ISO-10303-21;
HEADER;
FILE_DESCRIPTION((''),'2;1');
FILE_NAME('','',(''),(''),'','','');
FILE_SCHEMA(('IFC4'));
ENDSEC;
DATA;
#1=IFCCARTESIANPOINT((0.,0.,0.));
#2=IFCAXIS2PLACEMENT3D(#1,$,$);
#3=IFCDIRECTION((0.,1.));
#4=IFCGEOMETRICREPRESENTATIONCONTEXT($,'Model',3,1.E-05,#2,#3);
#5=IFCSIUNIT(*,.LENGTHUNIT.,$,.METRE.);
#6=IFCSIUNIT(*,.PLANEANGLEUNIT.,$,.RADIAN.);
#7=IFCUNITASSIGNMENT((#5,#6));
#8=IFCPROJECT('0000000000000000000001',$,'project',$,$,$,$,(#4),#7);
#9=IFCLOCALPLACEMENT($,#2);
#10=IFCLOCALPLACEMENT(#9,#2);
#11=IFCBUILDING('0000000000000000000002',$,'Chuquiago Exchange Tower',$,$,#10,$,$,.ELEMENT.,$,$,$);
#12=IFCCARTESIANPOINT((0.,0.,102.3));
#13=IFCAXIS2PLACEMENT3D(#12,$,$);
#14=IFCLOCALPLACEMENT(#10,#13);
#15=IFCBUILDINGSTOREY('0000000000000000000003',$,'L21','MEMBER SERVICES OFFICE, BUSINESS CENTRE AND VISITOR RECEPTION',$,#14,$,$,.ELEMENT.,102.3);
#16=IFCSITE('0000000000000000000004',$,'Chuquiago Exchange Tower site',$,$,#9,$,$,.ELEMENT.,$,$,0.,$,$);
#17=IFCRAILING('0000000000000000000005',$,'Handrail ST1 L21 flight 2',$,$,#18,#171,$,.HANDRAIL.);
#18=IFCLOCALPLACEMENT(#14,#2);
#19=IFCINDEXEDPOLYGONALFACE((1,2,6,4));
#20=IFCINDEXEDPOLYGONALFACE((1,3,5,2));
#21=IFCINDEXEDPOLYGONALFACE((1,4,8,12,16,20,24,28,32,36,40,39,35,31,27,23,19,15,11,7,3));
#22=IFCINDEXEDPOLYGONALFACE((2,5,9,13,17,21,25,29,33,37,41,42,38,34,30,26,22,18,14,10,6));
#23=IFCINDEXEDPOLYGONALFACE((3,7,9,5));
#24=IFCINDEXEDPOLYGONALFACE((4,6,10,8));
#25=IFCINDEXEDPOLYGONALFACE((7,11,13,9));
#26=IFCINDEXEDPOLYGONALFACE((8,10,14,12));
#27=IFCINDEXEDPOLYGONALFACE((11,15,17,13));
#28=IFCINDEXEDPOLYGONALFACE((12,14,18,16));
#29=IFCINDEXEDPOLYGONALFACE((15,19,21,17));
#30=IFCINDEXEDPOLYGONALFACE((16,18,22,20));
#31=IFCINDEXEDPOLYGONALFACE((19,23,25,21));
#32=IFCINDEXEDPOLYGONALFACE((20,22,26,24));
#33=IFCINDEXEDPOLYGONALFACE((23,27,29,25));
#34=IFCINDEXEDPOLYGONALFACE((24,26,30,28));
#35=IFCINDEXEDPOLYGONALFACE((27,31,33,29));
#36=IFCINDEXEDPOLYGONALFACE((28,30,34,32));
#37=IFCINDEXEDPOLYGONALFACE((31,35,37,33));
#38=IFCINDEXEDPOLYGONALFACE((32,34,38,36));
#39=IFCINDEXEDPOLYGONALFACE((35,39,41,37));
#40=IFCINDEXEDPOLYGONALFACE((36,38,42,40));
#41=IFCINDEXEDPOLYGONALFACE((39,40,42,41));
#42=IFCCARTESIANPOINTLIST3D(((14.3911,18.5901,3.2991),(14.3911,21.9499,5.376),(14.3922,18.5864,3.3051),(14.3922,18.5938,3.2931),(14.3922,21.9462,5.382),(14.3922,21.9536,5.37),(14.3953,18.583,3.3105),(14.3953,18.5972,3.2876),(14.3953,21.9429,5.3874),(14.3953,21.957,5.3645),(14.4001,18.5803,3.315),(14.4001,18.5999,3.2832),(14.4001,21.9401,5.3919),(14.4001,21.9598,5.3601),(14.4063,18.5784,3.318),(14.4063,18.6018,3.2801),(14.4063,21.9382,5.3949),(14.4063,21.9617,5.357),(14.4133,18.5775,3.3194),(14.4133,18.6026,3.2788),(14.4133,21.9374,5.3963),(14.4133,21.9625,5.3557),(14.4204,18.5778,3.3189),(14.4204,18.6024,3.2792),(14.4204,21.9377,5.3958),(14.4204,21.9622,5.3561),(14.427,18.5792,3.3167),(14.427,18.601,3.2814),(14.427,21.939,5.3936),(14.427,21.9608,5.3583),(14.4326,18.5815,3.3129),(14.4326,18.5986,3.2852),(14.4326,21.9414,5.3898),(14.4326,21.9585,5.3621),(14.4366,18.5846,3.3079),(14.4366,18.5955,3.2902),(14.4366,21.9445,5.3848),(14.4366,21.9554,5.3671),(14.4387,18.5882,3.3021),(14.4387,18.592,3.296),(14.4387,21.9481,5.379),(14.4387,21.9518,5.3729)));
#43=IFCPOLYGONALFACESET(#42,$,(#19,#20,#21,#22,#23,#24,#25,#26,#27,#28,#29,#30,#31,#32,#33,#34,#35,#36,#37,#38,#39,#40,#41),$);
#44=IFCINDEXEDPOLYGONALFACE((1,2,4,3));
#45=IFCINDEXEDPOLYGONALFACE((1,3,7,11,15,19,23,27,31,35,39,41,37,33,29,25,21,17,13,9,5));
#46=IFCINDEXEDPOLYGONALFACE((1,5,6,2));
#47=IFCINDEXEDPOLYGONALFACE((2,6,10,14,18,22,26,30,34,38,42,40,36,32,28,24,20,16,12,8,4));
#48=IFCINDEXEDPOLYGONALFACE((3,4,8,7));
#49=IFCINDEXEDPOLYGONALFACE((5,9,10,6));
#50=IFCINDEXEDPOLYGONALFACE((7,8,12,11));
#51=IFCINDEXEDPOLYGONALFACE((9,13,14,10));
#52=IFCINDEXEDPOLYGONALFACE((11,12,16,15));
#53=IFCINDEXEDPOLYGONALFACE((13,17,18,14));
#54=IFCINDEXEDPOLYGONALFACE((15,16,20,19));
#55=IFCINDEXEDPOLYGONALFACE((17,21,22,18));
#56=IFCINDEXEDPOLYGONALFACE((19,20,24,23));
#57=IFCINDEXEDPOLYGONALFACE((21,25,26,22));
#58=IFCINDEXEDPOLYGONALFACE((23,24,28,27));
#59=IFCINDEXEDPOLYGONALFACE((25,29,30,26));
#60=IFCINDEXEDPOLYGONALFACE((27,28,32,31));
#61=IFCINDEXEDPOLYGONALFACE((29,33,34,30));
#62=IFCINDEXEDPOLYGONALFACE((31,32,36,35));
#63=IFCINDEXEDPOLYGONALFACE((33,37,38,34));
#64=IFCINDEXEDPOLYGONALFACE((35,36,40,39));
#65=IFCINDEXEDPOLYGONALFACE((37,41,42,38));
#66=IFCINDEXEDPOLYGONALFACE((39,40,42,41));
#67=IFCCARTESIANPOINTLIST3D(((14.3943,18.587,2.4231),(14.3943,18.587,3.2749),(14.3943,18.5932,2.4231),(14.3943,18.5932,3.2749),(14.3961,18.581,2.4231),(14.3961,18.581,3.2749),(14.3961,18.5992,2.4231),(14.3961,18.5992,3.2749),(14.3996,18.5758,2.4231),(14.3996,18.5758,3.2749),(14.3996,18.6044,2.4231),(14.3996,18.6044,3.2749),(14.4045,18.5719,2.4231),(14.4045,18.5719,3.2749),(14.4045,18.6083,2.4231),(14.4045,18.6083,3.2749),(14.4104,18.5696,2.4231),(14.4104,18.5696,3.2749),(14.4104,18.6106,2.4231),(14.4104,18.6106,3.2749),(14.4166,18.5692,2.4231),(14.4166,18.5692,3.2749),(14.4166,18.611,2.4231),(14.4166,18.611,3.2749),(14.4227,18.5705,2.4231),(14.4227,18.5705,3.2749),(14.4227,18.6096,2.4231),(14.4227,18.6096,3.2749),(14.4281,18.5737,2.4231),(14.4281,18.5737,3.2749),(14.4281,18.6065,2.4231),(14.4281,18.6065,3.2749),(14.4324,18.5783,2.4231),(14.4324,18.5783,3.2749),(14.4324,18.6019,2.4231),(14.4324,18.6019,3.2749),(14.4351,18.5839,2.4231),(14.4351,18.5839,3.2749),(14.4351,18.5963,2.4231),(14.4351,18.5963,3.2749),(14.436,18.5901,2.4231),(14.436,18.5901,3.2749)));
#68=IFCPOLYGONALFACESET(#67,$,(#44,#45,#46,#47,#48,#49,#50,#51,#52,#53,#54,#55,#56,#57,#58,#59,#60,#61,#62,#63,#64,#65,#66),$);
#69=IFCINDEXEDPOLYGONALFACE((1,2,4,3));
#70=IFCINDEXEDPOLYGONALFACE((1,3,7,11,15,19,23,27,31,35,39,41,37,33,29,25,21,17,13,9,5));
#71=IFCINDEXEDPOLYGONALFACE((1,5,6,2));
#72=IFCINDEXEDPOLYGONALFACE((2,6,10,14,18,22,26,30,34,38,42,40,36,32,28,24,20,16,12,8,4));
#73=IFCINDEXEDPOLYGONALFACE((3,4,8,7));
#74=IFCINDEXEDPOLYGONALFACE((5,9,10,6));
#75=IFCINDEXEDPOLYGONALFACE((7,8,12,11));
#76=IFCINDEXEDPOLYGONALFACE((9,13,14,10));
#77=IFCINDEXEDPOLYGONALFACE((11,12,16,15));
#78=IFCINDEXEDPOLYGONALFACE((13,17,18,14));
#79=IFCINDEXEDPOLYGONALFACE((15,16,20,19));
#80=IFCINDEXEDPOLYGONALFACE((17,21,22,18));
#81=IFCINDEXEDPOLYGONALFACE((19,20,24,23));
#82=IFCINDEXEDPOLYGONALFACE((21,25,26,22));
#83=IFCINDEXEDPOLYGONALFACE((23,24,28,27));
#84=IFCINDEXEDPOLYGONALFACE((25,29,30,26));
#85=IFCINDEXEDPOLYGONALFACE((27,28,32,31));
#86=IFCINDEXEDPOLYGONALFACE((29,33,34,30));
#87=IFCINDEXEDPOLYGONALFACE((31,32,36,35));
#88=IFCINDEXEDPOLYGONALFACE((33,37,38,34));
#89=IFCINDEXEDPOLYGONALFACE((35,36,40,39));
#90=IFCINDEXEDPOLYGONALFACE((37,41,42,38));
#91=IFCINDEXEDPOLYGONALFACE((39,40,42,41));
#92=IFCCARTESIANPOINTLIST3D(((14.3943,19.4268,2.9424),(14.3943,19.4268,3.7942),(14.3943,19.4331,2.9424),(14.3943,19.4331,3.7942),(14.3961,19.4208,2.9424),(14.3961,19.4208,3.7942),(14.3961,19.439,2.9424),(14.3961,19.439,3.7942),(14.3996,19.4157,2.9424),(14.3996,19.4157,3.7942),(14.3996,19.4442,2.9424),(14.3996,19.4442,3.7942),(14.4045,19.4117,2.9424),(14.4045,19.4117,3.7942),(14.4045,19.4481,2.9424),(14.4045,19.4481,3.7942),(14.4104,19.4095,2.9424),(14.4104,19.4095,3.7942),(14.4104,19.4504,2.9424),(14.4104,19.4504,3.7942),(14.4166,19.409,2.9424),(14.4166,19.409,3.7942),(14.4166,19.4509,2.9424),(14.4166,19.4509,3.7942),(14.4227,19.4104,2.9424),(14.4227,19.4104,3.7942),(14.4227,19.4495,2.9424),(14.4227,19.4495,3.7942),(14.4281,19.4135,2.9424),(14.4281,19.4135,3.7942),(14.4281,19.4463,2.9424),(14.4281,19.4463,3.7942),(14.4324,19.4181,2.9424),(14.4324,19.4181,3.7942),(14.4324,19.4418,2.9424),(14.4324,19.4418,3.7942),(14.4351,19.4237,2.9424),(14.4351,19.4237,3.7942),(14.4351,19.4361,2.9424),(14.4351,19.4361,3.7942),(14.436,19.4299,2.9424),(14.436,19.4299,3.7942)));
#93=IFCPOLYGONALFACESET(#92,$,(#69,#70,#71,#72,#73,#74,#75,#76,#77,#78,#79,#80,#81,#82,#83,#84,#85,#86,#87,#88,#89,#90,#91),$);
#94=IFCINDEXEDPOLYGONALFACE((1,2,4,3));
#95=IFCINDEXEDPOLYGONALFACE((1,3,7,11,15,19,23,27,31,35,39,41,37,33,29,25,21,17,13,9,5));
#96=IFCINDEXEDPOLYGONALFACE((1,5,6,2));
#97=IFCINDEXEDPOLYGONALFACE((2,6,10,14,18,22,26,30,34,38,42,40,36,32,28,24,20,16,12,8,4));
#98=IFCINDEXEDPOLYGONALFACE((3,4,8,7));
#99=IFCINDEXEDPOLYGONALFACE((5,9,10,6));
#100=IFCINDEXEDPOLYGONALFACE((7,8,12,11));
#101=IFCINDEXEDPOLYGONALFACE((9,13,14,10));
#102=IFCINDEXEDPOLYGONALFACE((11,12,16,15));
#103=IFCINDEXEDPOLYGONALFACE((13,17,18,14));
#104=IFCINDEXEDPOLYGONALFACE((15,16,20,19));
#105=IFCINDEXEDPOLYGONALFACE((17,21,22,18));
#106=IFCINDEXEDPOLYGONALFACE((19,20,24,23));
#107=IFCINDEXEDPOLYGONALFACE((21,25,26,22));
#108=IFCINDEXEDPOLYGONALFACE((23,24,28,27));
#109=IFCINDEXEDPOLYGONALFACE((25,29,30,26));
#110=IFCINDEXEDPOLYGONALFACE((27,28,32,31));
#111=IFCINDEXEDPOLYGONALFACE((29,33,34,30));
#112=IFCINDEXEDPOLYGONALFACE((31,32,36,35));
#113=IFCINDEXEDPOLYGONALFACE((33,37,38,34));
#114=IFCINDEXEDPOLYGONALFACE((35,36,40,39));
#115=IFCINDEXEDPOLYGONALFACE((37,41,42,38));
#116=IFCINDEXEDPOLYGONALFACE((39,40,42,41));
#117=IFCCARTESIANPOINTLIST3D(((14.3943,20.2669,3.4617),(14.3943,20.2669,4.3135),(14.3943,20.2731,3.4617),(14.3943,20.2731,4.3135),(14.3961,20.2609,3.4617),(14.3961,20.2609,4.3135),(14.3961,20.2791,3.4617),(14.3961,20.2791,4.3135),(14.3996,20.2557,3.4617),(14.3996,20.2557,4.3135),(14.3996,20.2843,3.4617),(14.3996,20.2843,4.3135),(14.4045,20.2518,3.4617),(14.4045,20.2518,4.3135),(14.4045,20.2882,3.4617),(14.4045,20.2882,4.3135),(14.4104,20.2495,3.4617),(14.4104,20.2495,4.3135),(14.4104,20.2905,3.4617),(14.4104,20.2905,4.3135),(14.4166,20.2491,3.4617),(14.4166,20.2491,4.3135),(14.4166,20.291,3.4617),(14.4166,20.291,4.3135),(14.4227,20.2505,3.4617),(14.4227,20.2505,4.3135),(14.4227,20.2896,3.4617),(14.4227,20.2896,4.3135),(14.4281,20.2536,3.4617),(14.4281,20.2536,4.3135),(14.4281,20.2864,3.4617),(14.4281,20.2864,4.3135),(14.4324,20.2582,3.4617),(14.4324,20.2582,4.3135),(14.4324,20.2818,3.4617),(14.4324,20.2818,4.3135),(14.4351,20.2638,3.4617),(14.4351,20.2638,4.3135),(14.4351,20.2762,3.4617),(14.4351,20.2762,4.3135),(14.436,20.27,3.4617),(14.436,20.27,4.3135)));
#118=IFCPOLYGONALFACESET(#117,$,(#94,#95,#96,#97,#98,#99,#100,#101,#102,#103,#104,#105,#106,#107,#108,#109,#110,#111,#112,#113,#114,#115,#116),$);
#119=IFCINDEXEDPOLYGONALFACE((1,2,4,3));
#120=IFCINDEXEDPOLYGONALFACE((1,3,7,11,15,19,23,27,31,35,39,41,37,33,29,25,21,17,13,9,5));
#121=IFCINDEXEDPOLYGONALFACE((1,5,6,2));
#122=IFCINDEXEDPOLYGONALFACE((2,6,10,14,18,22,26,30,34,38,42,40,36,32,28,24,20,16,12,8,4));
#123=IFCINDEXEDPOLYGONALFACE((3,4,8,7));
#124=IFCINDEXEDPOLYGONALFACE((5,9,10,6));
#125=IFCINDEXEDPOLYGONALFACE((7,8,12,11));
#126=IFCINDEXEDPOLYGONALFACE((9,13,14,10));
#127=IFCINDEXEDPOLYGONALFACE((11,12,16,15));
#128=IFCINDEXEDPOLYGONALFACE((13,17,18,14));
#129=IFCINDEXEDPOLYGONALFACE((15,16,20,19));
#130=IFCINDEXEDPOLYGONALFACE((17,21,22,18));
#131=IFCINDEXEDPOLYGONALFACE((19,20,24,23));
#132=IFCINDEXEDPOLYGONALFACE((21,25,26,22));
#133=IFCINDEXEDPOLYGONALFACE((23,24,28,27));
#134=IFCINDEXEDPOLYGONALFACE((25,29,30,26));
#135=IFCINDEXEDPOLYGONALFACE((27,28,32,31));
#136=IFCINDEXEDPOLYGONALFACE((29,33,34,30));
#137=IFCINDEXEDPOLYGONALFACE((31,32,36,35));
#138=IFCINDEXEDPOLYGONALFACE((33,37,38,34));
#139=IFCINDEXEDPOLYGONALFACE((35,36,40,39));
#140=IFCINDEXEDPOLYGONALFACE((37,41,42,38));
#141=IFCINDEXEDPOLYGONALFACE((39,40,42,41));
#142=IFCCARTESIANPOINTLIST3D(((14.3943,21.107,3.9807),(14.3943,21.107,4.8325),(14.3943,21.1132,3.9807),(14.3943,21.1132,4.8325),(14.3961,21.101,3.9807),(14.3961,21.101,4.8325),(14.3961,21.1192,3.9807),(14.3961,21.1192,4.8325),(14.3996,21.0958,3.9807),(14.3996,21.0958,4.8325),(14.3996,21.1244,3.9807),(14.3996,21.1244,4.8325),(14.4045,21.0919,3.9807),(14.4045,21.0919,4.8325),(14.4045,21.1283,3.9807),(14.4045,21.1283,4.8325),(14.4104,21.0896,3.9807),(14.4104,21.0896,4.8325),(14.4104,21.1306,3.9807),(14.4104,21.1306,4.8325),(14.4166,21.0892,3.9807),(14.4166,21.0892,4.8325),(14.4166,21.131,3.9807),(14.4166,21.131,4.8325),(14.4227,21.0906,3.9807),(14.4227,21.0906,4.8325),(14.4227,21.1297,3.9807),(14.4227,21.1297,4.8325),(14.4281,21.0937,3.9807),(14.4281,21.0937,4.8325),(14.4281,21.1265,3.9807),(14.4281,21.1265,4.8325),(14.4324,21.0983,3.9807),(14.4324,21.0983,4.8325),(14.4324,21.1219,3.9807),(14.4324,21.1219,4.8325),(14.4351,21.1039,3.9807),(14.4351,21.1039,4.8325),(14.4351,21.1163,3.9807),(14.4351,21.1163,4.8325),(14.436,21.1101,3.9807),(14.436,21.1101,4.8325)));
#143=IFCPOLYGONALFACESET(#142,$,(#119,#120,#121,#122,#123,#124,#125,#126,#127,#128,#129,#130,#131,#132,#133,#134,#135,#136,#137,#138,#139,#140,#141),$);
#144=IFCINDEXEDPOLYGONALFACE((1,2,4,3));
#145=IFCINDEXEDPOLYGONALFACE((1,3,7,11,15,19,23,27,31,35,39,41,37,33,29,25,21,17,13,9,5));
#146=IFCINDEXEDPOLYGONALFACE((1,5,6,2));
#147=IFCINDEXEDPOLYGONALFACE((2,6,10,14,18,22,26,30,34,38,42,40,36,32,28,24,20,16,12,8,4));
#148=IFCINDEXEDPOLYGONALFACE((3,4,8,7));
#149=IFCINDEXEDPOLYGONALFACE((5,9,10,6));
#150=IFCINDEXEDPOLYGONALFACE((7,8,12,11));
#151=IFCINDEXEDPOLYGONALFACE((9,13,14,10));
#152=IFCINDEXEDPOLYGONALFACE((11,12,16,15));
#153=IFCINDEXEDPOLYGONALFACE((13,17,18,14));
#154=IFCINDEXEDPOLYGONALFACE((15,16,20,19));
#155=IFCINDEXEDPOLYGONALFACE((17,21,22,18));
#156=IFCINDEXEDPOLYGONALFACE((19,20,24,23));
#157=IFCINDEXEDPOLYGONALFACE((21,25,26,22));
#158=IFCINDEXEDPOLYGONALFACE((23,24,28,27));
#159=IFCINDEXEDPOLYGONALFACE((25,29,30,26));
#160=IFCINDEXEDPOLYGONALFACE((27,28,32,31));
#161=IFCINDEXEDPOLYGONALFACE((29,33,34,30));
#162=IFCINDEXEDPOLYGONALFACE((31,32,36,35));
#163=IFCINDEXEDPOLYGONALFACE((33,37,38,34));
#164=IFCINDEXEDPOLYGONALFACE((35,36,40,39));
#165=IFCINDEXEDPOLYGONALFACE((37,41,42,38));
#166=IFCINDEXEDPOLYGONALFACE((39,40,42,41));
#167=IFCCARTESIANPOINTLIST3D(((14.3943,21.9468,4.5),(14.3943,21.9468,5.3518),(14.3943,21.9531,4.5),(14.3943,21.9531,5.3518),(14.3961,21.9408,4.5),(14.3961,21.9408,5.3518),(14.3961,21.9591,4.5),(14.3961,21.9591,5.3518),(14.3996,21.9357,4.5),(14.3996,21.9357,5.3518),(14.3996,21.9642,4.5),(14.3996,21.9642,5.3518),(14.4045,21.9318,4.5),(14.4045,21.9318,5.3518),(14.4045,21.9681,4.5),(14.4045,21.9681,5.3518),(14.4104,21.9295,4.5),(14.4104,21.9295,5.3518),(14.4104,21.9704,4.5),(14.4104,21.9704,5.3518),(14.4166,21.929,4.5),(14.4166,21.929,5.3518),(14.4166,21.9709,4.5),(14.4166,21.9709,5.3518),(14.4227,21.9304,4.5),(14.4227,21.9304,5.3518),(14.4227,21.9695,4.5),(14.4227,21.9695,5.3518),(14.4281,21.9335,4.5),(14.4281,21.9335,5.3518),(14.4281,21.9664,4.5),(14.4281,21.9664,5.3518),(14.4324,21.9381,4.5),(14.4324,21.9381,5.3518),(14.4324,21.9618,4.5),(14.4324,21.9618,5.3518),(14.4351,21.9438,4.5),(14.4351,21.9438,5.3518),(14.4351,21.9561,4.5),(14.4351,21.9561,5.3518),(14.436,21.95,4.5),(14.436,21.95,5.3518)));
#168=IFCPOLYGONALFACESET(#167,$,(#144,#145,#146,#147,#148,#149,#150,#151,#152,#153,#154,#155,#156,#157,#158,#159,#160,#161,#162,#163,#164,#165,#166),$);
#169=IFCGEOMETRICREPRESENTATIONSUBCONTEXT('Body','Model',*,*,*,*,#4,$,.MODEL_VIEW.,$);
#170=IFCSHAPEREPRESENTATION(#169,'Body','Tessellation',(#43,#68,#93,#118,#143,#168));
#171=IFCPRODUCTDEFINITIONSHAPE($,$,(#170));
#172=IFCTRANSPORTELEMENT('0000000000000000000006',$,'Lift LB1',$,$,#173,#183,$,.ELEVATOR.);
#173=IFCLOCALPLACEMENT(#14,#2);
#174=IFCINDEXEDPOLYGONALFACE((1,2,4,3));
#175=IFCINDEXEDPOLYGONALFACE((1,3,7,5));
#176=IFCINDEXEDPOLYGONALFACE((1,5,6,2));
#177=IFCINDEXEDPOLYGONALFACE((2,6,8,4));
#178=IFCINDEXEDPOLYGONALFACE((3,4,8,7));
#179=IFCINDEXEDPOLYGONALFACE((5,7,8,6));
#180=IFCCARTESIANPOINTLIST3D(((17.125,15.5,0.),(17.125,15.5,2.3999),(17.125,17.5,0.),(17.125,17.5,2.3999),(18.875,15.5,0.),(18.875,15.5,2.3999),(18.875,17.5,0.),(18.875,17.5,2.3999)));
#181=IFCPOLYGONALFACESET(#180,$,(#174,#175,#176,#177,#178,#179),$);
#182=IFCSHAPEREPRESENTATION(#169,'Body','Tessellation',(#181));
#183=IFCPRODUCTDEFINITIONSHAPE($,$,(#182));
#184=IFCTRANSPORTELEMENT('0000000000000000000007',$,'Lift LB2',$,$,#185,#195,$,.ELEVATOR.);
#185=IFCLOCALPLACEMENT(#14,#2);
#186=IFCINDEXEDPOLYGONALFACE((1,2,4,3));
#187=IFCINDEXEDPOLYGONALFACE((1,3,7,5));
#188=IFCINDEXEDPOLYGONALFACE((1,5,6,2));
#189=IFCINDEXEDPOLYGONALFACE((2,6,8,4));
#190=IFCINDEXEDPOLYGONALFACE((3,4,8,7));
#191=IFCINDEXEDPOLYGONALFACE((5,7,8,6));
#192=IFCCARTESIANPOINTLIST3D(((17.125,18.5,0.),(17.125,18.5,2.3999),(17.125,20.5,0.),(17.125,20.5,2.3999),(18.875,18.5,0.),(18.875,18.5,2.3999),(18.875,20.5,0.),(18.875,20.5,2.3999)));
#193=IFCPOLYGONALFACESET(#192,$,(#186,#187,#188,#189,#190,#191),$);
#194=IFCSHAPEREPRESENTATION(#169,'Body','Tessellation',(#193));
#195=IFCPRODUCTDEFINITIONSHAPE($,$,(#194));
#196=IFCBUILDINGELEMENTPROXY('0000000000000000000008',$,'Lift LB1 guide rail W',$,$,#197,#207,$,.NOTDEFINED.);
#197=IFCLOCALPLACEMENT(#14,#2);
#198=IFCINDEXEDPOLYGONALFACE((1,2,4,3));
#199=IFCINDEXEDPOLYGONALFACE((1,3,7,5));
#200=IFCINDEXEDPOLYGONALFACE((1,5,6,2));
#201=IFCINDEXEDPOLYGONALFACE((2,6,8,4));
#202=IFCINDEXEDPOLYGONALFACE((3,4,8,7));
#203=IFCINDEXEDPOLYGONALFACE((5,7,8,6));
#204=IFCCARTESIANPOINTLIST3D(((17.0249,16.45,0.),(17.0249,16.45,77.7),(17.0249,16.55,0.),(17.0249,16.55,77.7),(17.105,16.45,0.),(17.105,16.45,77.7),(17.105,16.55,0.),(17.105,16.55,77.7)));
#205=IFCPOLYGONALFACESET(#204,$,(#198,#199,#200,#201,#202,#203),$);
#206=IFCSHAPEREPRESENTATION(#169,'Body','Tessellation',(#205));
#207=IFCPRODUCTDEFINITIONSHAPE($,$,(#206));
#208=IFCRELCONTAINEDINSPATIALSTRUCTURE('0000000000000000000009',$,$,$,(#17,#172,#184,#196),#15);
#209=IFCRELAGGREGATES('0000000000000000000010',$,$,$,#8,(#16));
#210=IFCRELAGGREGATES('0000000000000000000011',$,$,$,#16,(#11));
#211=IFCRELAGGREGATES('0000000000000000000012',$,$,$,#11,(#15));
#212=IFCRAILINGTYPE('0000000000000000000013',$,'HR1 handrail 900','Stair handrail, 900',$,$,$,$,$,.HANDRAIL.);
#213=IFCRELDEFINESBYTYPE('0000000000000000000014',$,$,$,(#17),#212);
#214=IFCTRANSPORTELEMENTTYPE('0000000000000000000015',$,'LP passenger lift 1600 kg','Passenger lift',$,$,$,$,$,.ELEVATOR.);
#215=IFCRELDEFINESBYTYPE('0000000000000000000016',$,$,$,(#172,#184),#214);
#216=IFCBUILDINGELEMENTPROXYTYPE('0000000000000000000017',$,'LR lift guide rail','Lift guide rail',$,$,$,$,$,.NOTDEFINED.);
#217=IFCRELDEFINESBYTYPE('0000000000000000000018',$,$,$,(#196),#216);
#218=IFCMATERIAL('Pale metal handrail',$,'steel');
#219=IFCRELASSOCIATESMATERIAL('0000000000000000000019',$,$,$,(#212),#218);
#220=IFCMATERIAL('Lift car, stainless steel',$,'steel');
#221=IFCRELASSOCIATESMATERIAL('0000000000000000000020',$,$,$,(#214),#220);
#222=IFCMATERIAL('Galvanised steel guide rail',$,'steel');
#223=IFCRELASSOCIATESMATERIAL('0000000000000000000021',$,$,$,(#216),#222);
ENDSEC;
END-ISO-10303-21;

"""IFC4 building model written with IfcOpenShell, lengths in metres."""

from ifc_helpers import new_model, si_unit, direction, frame, origin, origin_2d, place, context, subcontext, project, spatial, rectangle, circle, extrude, material, type_object, element, save


model = new_model("IFC4")

# Units and contexts
model_context = context("Model", 3, precision=1e-05, world=origin(), true_north=direction((0.0, 1.0)))
body_context = subcontext(model_context, "Body", "Model", "MODEL_VIEW")
ifc_project = project(units=[si_unit("LENGTHUNIT", "METRE"), si_unit("PLANEANGLEUNIT", "RADIAN")], contexts=[model_context])

# Site, building, storey
site_placement = place(None, origin())
site = spatial("IfcSite", under=ifc_project, at=site_placement, Name="Chuquiago Exchange Tower site", CompositionType="ELEMENT", RefElevation=0.0)
building_placement = place(site_placement, origin())
building = spatial("IfcBuilding", under=site, at=building_placement, Name="Chuquiago Exchange Tower", CompositionType="ELEMENT")
storey_placement = place(building_placement, frame((0.0, 0.0, 102.3)))
storey = spatial("IfcBuildingStorey", under=building, at=storey_placement, Name="L21", Description="MEMBER SERVICES OFFICE, BUSINESS CENTRE AND VISITOR RECEPTION", CompositionType="ELEMENT", Elevation=102.3)

# Railing
ifc_material_1 = material(Name="Pale metal handrail", Category="steel")
railing_type_1 = type_object("IfcRailingType", Name="HR1 handrail 900", Description="Stair handrail, 900", PredefinedType="HANDRAIL", material=ifc_material_1)
for number, where, name in (
    (1, (14.415, 18.5901, 2.4231), "Handrail ST1 L21 flight 2"),
):
    element("IfcRailing", number, at=place(storey_placement, frame(where)), inside=storey, type_object=railing_type_1, Name=name, PredefinedType="HANDRAIL", context=body_context, shape_type="SweptSolid", body=[
        extrude(circle(Radius=0.0239, at=origin_2d()), frame((0.0, 0.0, 0.876), z_axis=(0.0, 0.850606, 0.525803), x_axis=(-1.0, 0.0, 0.0)), (0.0, 0.0, 1.0), 3.95),
        extrude(circle(Radius=0.021, at=origin_2d()), origin(), (0.0, 0.0, 1.0), 0.8518),
        extrude(circle(Radius=0.021, at=origin_2d()), frame((0.0, 0.8398, 0.5193)), (0.0, 0.0, 1.0), 0.8518),
        extrude(circle(Radius=0.021, at=origin_2d()), frame((0.0, 1.6799, 1.0386)), (0.0, 0.0, 1.0), 0.8518),
        extrude(circle(Radius=0.021, at=origin_2d()), frame((0.0, 2.52, 1.5576)), (0.0, 0.0, 1.0), 0.8518),
        extrude(circle(Radius=0.021, at=origin_2d()), frame((0.0, 3.3599, 2.0769)), (0.0, 0.0, 1.0), 0.8518),
    ])

# Transport elements
ifc_material_2 = material(Name="Lift car, stainless steel", Category="steel")
transport_element_type = type_object("IfcTransportElementType", Name="LP passenger lift 1600 kg", Description="Passenger lift", PredefinedType="ELEVATOR", material=ifc_material_2)
for number, where, z_axis, x_axis, name in (
    (2, (18.0, 16.5, 0.0), (0.0, 0.0, 1.0), (1.0, 0.0, 0.0), "Lift LB1"),
    (3, (18.0, 19.5, 0.0), (0.0, 0.0, 1.0), (1.0, 0.0, 0.0), "Lift LB2"),
):
    element("IfcTransportElement", number, at=place(storey_placement, frame(where, z_axis=z_axis, x_axis=x_axis)), inside=storey, type_object=transport_element_type, Name=name, PredefinedType="ELEVATOR", context=body_context, shape_type="SweptSolid", body=[
        extrude(rectangle(XDim=1.75, YDim=2.0, at=origin_2d()), origin(), (0.0, 0.0, 1.0), 2.3999),
    ])

# Building element proxy
ifc_material_3 = material(Name="Galvanised steel guide rail", Category="steel")
building_element_proxy_type = type_object("IfcBuildingElementProxyType", Name="LR lift guide rail", Description="Lift guide rail", PredefinedType="NOTDEFINED", material=ifc_material_3)
for number, where, z_axis, x_axis, name in (
    (4, (17.0649, 16.5, 0.0), (0.0, 0.0, 1.0), (1.0, 0.0, 0.0), "Lift LB1 guide rail W"),
):
    element("IfcBuildingElementProxy", number, at=place(storey_placement, frame(where, z_axis=z_axis, x_axis=x_axis)), inside=storey, type_object=building_element_proxy_type, Name=name, PredefinedType="NOTDEFINED", context=body_context, shape_type="SweptSolid", body=[
        extrude(rectangle(XDim=0.0801, YDim=0.1001, at=origin_2d()), origin(), (0.0, 0.0, 1.0), 77.7),
    ])

save(model, "model.ifc")
